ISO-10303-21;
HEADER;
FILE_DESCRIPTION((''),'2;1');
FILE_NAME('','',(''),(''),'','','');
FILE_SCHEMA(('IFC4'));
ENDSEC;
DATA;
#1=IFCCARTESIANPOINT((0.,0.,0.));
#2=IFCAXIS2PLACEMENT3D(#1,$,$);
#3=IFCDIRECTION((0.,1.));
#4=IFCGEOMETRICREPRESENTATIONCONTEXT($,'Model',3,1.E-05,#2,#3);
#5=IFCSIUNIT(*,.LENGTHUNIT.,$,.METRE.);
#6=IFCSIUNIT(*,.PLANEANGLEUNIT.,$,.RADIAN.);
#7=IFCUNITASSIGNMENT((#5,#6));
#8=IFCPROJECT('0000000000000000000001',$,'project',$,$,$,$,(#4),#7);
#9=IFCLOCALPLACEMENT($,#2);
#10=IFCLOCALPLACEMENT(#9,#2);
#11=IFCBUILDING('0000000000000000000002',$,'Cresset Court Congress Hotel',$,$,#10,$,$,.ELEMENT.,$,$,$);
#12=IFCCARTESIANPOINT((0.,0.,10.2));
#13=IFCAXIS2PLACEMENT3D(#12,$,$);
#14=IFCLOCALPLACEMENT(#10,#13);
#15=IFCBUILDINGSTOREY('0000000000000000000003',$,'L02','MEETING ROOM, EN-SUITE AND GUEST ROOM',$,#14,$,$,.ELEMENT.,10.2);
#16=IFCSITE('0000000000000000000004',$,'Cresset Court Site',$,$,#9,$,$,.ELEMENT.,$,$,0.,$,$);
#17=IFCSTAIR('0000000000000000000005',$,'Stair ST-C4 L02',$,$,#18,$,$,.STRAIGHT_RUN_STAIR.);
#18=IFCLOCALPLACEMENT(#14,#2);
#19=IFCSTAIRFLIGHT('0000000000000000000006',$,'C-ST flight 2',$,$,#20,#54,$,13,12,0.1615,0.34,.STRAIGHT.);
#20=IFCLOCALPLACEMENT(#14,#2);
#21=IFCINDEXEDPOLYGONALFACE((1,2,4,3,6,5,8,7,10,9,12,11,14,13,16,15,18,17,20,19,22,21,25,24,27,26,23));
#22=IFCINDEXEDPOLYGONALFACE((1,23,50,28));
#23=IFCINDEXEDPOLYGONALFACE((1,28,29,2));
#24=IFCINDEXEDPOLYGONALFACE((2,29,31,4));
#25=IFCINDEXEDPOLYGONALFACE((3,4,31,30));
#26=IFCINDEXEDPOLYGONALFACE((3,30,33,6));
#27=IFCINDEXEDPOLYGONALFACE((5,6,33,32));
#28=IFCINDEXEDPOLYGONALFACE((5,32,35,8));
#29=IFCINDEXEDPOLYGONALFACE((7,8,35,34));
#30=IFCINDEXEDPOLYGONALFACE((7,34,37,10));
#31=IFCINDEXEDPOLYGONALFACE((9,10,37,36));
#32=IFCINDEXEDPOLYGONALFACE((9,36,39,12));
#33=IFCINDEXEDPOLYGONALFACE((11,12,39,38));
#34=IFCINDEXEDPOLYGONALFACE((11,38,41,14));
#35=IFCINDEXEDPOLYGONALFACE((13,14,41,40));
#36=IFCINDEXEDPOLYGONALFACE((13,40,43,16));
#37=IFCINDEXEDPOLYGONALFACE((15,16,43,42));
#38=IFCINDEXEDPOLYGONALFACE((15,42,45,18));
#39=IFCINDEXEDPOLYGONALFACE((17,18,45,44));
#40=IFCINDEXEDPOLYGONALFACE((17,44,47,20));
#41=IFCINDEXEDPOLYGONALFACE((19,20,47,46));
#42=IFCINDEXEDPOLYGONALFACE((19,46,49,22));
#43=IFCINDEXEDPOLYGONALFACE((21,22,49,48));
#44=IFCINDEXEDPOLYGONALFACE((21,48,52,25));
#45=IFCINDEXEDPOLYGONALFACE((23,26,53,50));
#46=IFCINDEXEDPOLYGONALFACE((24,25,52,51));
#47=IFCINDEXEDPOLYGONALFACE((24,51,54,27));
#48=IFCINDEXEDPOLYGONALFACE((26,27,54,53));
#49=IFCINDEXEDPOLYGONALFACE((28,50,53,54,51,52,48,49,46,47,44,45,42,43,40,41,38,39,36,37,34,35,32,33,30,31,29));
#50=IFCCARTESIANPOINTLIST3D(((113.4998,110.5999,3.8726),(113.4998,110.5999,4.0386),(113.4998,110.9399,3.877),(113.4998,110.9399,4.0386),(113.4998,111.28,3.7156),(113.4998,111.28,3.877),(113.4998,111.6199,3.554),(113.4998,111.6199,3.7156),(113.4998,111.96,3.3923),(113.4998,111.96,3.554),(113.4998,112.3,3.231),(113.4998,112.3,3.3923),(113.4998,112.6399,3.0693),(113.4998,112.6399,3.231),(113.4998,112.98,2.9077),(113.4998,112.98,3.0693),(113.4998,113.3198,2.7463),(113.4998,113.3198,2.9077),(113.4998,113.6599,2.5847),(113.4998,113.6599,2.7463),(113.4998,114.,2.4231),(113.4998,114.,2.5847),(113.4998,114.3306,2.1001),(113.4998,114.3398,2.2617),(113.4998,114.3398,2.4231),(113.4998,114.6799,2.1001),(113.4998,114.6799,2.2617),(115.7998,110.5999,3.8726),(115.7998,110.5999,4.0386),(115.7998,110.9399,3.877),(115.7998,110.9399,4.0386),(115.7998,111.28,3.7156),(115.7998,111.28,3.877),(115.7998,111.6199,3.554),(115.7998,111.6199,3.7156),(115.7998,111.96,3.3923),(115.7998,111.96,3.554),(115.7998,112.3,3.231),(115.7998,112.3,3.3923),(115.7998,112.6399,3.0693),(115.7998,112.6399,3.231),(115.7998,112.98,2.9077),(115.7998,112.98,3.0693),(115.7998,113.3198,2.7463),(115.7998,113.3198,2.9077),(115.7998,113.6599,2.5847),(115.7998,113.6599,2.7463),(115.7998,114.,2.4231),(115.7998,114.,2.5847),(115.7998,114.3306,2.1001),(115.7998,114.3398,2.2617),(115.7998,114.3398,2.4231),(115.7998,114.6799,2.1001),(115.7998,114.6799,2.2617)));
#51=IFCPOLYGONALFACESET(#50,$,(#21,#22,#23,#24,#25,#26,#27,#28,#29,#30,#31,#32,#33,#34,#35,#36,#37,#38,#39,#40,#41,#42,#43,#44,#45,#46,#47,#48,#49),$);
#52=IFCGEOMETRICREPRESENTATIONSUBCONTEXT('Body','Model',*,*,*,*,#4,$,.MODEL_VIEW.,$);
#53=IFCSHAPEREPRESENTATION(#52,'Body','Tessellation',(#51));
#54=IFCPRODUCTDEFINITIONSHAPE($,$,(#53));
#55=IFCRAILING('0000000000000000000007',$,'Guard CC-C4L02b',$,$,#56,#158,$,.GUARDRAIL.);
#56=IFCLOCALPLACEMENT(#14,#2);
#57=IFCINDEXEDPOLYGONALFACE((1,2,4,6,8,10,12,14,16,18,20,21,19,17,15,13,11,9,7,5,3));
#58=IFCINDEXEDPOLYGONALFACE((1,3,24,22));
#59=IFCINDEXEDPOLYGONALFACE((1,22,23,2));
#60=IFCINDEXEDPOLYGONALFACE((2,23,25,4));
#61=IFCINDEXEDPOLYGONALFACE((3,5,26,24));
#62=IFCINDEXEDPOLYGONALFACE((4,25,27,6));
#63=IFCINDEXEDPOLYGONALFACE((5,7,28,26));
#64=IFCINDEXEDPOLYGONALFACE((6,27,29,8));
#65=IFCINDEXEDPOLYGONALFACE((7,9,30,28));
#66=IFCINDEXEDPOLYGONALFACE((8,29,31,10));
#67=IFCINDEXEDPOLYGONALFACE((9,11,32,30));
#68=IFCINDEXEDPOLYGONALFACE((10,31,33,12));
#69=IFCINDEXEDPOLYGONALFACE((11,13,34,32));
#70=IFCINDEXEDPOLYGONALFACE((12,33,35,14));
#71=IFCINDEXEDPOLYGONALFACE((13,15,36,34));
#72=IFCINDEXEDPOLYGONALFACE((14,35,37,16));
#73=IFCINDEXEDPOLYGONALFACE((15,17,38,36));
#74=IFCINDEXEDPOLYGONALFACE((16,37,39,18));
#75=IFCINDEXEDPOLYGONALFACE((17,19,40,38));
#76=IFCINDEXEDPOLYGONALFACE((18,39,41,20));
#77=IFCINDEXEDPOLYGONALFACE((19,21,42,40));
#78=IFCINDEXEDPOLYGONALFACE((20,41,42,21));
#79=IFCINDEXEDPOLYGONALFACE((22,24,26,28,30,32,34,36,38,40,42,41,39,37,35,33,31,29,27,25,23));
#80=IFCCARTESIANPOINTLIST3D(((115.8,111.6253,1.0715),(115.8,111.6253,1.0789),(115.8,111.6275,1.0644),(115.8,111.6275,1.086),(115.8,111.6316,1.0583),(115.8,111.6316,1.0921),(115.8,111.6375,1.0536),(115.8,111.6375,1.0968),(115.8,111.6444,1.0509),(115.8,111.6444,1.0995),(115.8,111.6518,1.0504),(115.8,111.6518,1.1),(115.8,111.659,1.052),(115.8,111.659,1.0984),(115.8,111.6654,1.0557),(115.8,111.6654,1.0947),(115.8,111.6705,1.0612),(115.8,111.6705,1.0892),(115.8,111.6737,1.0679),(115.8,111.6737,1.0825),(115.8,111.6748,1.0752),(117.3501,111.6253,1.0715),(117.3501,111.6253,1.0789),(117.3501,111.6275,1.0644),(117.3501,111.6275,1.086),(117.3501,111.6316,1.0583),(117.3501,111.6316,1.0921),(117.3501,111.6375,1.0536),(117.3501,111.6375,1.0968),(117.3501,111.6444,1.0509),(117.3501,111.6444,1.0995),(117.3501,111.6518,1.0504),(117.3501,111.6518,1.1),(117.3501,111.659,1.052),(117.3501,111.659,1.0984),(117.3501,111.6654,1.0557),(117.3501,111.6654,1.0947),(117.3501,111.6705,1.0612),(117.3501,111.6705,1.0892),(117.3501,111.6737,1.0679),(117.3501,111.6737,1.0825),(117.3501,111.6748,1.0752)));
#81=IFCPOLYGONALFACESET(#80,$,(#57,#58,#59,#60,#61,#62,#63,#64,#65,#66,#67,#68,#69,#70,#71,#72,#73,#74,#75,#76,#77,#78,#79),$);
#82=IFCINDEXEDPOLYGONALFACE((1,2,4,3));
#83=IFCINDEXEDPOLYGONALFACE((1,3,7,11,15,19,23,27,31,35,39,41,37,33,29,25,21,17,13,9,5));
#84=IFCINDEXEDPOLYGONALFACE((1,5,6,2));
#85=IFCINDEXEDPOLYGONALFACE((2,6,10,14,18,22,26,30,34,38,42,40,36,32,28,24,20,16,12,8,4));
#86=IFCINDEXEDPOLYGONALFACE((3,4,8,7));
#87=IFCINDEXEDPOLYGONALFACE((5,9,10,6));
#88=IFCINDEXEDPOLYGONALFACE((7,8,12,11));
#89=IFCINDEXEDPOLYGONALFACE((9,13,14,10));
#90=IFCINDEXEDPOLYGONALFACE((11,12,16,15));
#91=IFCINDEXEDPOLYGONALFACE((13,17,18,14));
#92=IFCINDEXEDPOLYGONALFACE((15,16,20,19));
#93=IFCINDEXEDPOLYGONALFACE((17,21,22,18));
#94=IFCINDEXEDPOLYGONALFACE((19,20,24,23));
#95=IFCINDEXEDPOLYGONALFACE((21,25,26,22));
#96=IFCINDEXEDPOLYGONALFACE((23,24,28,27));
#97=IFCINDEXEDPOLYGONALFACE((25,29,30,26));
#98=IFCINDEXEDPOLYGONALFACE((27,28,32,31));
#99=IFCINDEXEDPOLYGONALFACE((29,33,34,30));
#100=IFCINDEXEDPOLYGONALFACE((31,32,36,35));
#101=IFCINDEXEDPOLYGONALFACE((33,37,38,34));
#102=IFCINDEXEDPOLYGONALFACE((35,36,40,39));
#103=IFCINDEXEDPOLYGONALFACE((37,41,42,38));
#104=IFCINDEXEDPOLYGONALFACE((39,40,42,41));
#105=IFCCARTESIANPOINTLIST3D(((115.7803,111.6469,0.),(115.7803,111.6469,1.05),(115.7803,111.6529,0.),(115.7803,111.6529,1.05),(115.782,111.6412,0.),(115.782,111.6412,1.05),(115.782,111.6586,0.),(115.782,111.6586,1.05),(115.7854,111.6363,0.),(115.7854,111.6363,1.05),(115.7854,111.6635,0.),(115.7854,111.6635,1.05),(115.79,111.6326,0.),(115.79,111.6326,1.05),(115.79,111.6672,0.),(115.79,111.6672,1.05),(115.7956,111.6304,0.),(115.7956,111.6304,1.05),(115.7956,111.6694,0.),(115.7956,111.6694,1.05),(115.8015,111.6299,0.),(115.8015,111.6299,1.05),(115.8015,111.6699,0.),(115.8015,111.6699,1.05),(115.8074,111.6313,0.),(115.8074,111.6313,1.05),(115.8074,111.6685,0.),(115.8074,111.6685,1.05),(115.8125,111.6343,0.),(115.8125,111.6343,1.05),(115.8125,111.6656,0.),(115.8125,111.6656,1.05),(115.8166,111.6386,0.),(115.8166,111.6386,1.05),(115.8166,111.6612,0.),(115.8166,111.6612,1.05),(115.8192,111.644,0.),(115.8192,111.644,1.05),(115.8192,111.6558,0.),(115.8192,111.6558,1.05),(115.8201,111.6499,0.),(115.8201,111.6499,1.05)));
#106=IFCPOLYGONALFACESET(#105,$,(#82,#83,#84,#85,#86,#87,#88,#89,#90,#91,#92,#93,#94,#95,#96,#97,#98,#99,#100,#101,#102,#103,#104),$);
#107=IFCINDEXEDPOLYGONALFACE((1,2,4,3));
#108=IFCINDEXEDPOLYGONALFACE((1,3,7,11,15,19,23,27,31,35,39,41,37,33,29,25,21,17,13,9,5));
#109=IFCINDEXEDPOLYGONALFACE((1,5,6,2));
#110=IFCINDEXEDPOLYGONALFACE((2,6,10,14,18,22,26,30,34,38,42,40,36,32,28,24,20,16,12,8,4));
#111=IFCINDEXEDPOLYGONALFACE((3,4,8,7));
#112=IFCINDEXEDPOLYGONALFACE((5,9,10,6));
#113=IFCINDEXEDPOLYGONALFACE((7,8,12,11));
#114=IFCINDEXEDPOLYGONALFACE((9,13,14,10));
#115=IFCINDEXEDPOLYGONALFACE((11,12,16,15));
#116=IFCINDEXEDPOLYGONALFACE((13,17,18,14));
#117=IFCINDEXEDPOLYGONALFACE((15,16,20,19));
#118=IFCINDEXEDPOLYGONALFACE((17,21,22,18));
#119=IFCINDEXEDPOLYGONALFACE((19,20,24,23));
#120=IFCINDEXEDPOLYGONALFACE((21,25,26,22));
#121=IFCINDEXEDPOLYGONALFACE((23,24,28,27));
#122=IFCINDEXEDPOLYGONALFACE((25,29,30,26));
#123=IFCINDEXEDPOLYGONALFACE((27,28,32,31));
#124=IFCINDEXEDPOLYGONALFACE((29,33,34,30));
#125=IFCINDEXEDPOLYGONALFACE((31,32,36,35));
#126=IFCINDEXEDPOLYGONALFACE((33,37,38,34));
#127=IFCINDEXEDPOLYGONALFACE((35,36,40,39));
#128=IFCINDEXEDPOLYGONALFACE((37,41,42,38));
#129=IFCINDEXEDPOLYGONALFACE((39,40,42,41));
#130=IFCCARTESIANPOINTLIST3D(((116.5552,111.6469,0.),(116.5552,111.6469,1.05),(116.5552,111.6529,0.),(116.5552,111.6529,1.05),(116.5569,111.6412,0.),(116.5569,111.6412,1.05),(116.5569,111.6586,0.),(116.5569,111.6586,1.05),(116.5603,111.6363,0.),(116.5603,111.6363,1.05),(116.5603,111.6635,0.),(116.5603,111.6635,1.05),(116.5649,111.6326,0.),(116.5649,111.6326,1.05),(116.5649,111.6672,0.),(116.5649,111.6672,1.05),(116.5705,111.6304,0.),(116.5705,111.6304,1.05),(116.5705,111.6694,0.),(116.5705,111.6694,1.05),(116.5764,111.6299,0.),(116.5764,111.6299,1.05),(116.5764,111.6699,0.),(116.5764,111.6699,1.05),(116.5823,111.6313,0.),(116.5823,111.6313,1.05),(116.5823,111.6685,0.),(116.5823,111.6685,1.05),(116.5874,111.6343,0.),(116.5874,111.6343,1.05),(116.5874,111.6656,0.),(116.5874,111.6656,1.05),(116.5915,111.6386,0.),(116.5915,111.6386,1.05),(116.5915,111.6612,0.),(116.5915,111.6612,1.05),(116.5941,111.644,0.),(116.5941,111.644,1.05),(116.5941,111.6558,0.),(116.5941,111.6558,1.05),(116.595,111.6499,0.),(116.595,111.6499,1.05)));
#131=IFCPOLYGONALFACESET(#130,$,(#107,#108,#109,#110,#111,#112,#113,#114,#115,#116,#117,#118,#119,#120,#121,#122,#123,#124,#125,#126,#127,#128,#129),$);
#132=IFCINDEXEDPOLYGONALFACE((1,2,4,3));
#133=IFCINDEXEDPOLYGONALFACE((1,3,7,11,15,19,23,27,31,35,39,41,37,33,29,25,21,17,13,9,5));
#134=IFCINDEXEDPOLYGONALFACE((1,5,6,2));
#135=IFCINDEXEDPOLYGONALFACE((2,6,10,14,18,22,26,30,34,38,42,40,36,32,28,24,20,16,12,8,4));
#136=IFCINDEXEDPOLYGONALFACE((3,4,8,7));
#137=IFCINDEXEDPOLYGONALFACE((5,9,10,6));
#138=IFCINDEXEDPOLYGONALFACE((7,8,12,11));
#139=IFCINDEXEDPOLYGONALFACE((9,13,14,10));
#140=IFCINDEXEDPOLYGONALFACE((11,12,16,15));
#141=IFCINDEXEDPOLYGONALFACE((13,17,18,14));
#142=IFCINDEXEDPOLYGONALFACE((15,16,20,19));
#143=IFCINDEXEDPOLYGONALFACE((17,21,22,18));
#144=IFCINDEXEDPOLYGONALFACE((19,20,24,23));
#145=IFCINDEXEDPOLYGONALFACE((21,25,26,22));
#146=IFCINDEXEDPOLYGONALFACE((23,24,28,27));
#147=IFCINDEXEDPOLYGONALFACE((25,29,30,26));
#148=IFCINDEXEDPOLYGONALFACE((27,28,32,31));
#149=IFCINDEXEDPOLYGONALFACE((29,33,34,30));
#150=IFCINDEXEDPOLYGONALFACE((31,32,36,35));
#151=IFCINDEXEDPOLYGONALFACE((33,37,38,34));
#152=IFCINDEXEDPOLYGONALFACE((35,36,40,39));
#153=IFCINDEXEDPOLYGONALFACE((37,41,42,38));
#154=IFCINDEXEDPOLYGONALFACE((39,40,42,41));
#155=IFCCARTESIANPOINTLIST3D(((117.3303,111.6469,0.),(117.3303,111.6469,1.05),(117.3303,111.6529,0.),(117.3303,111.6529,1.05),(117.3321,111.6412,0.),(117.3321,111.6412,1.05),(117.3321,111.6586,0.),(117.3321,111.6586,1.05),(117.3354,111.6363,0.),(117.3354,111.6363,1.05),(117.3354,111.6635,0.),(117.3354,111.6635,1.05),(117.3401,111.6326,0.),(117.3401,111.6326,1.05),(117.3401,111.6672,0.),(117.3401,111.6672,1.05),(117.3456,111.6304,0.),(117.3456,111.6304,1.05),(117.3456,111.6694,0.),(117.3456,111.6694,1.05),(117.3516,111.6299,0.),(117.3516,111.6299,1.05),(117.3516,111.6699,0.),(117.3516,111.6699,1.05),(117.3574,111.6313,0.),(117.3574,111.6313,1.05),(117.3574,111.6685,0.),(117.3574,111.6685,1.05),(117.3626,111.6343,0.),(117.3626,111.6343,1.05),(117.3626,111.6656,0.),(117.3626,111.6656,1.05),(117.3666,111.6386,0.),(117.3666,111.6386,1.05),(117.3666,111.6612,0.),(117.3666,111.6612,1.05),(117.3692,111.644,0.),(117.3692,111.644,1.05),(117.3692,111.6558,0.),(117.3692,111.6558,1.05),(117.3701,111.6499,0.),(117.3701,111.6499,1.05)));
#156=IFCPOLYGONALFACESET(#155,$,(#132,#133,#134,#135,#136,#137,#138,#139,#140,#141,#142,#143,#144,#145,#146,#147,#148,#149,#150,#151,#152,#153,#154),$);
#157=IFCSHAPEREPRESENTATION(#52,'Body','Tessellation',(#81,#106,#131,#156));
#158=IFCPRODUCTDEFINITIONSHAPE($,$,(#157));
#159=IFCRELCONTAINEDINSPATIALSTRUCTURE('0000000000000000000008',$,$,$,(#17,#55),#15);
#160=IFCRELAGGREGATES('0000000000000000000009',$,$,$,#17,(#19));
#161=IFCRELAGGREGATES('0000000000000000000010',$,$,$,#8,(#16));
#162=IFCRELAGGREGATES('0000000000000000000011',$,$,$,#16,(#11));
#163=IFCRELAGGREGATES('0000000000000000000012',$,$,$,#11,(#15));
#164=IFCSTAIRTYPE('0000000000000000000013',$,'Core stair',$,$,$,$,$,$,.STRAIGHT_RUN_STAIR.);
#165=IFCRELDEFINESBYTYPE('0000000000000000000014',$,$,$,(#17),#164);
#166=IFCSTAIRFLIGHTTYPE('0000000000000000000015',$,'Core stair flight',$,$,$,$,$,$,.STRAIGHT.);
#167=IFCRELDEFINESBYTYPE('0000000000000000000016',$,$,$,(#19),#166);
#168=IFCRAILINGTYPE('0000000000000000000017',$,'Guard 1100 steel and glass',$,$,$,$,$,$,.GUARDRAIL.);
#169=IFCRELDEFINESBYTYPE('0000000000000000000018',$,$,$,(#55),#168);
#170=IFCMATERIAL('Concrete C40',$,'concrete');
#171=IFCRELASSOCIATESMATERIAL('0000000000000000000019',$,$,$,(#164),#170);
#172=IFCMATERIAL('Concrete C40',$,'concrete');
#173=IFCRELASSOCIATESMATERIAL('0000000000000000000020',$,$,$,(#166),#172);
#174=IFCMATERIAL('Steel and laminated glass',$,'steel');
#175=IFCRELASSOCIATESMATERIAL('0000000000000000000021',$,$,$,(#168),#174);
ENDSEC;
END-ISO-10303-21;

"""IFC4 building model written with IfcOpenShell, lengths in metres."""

from ifc_helpers import new_model, si_unit, direction, frame, origin, origin_2d, place, context, subcontext, project, spatial, polyline, circle, outline, extrude, material, type_object, element, aggregate, save


model = new_model("IFC4")

# Units and contexts
model_context = context("Model", 3, precision=1e-05, world=origin(), true_north=direction((0.0, 1.0)))
body_context = subcontext(model_context, "Body", "Model", "MODEL_VIEW")
ifc_project = project(units=[si_unit("LENGTHUNIT", "METRE"), si_unit("PLANEANGLEUNIT", "RADIAN")], contexts=[model_context])

# Site, building, storey
site_placement = place(None, origin())
site = spatial("IfcSite", under=ifc_project, at=site_placement, Name="Cresset Court Site", CompositionType="ELEMENT", RefElevation=0.0)
building_placement = place(site_placement, origin())
building = spatial("IfcBuilding", under=site, at=building_placement, Name="Cresset Court Congress Hotel", CompositionType="ELEMENT")
storey_placement = place(building_placement, frame((0.0, 0.0, 10.2)))
storey = spatial("IfcBuildingStorey", under=building, at=storey_placement, Name="L02", Description="MEETING ROOM, EN-SUITE AND GUEST ROOM", CompositionType="ELEMENT", Elevation=10.2)

# Stair, stair flight
ifc_material_1 = material(Name="Concrete C40", Category="concrete")
stair_type = type_object("IfcStairType", Name="Core stair", PredefinedType="STRAIGHT_RUN_STAIR", material=ifc_material_1)
stair_placement = place(storey_placement, origin())
stair = element("IfcStair", 1, at=stair_placement, inside=storey, type_object=stair_type, Name="Stair ST-C4 L02", PredefinedType="STRAIGHT_RUN_STAIR")
ifc_material_2 = material(Name="Concrete C40", Category="concrete")
stair_flight_type = type_object("IfcStairFlightType", Name="Core stair flight", PredefinedType="STRAIGHT", material=ifc_material_2)
stair_flight_placement = place(storey_placement, frame((114.6499, 114.6799, 2.1001), z_axis=(0.0, 0.0, 1.0), x_axis=(0.0, -1.0, 0.0)))
stair_flight = element("IfcStairFlight", 2, at=stair_flight_placement, type_object=stair_flight_type, Name="C-ST flight 2", NumberOfRisers=13, NumberOfTreads=12, PredefinedType="STRAIGHT", RiserHeight=0.1615, TreadLength=0.34, context=body_context, shape_type="SweptSolid", body=[
    extrude(outline(polyline([(0.0, 0.0), (0.0, 0.1616), (0.3401, 0.1616), (0.3401, 0.323), (0.6799, 0.323), (0.6799, 0.4846), (1.02, 0.4846), (1.02, 0.6462), (1.3601, 0.6462), (1.3601, 0.8076), (1.7, 0.8076), (1.7, 0.9692), (2.04, 0.9692), (2.04, 1.1309), (2.3799, 1.1309), (2.3799, 1.2922), (2.72, 1.2922), (2.72, 1.4539), (3.0601, 1.4539), (3.0601, 1.6155), (3.3999, 1.6155), (3.3999, 1.7769), (3.74, 1.7769), (3.74, 1.9385), (4.0801, 1.9385), (4.0801, 2.1001), (4.0801, 1.7725), (0.3494, 0.0), (0.0, 0.0)])), frame((0.0, 1.1499, 0.0), z_axis=(0.0, -1.0, 0.0), x_axis=(1.0, 0.0, 0.0)), (0.0, 0.0, 1.0), 2.3),
])
aggregate(stair, [stair_flight])

# Railing
ifc_material_3 = material(Name="Steel and laminated glass", Category="steel")
railing_type = type_object("IfcRailingType", Name="Guard 1100 steel and glass", PredefinedType="GUARDRAIL", material=ifc_material_3)
for number, where, name in (
    (3, (115.8, 111.6499, 0.0), "Guard CC-C4L02b"),
):
    element("IfcRailing", number, at=place(storey_placement, frame(where)), inside=storey, type_object=railing_type, Name=name, PredefinedType="GUARDRAIL", context=body_context, shape_type="SweptSolid", body=[
        extrude(circle(Radius=0.0249, at=origin_2d()), frame((0.0, 0.0, 1.0752), z_axis=(1.0, 0.0, 0.0), x_axis=(0.0, 1.0, 0.0)), (0.0, 0.0, 1.0), 1.55),
        extrude(circle(Radius=0.02, at=origin_2d()), origin(), (0.0, 0.0, 1.0), 1.05),
        extrude(circle(Radius=0.02, at=origin_2d()), frame((0.7749, 0.0, 0.0)), (0.0, 0.0, 1.0), 1.05),
        extrude(circle(Radius=0.02, at=origin_2d()), frame((1.55, 0.0, 0.0)), (0.0, 0.0, 1.0), 1.05),
    ])

save(model, "model.ifc")
